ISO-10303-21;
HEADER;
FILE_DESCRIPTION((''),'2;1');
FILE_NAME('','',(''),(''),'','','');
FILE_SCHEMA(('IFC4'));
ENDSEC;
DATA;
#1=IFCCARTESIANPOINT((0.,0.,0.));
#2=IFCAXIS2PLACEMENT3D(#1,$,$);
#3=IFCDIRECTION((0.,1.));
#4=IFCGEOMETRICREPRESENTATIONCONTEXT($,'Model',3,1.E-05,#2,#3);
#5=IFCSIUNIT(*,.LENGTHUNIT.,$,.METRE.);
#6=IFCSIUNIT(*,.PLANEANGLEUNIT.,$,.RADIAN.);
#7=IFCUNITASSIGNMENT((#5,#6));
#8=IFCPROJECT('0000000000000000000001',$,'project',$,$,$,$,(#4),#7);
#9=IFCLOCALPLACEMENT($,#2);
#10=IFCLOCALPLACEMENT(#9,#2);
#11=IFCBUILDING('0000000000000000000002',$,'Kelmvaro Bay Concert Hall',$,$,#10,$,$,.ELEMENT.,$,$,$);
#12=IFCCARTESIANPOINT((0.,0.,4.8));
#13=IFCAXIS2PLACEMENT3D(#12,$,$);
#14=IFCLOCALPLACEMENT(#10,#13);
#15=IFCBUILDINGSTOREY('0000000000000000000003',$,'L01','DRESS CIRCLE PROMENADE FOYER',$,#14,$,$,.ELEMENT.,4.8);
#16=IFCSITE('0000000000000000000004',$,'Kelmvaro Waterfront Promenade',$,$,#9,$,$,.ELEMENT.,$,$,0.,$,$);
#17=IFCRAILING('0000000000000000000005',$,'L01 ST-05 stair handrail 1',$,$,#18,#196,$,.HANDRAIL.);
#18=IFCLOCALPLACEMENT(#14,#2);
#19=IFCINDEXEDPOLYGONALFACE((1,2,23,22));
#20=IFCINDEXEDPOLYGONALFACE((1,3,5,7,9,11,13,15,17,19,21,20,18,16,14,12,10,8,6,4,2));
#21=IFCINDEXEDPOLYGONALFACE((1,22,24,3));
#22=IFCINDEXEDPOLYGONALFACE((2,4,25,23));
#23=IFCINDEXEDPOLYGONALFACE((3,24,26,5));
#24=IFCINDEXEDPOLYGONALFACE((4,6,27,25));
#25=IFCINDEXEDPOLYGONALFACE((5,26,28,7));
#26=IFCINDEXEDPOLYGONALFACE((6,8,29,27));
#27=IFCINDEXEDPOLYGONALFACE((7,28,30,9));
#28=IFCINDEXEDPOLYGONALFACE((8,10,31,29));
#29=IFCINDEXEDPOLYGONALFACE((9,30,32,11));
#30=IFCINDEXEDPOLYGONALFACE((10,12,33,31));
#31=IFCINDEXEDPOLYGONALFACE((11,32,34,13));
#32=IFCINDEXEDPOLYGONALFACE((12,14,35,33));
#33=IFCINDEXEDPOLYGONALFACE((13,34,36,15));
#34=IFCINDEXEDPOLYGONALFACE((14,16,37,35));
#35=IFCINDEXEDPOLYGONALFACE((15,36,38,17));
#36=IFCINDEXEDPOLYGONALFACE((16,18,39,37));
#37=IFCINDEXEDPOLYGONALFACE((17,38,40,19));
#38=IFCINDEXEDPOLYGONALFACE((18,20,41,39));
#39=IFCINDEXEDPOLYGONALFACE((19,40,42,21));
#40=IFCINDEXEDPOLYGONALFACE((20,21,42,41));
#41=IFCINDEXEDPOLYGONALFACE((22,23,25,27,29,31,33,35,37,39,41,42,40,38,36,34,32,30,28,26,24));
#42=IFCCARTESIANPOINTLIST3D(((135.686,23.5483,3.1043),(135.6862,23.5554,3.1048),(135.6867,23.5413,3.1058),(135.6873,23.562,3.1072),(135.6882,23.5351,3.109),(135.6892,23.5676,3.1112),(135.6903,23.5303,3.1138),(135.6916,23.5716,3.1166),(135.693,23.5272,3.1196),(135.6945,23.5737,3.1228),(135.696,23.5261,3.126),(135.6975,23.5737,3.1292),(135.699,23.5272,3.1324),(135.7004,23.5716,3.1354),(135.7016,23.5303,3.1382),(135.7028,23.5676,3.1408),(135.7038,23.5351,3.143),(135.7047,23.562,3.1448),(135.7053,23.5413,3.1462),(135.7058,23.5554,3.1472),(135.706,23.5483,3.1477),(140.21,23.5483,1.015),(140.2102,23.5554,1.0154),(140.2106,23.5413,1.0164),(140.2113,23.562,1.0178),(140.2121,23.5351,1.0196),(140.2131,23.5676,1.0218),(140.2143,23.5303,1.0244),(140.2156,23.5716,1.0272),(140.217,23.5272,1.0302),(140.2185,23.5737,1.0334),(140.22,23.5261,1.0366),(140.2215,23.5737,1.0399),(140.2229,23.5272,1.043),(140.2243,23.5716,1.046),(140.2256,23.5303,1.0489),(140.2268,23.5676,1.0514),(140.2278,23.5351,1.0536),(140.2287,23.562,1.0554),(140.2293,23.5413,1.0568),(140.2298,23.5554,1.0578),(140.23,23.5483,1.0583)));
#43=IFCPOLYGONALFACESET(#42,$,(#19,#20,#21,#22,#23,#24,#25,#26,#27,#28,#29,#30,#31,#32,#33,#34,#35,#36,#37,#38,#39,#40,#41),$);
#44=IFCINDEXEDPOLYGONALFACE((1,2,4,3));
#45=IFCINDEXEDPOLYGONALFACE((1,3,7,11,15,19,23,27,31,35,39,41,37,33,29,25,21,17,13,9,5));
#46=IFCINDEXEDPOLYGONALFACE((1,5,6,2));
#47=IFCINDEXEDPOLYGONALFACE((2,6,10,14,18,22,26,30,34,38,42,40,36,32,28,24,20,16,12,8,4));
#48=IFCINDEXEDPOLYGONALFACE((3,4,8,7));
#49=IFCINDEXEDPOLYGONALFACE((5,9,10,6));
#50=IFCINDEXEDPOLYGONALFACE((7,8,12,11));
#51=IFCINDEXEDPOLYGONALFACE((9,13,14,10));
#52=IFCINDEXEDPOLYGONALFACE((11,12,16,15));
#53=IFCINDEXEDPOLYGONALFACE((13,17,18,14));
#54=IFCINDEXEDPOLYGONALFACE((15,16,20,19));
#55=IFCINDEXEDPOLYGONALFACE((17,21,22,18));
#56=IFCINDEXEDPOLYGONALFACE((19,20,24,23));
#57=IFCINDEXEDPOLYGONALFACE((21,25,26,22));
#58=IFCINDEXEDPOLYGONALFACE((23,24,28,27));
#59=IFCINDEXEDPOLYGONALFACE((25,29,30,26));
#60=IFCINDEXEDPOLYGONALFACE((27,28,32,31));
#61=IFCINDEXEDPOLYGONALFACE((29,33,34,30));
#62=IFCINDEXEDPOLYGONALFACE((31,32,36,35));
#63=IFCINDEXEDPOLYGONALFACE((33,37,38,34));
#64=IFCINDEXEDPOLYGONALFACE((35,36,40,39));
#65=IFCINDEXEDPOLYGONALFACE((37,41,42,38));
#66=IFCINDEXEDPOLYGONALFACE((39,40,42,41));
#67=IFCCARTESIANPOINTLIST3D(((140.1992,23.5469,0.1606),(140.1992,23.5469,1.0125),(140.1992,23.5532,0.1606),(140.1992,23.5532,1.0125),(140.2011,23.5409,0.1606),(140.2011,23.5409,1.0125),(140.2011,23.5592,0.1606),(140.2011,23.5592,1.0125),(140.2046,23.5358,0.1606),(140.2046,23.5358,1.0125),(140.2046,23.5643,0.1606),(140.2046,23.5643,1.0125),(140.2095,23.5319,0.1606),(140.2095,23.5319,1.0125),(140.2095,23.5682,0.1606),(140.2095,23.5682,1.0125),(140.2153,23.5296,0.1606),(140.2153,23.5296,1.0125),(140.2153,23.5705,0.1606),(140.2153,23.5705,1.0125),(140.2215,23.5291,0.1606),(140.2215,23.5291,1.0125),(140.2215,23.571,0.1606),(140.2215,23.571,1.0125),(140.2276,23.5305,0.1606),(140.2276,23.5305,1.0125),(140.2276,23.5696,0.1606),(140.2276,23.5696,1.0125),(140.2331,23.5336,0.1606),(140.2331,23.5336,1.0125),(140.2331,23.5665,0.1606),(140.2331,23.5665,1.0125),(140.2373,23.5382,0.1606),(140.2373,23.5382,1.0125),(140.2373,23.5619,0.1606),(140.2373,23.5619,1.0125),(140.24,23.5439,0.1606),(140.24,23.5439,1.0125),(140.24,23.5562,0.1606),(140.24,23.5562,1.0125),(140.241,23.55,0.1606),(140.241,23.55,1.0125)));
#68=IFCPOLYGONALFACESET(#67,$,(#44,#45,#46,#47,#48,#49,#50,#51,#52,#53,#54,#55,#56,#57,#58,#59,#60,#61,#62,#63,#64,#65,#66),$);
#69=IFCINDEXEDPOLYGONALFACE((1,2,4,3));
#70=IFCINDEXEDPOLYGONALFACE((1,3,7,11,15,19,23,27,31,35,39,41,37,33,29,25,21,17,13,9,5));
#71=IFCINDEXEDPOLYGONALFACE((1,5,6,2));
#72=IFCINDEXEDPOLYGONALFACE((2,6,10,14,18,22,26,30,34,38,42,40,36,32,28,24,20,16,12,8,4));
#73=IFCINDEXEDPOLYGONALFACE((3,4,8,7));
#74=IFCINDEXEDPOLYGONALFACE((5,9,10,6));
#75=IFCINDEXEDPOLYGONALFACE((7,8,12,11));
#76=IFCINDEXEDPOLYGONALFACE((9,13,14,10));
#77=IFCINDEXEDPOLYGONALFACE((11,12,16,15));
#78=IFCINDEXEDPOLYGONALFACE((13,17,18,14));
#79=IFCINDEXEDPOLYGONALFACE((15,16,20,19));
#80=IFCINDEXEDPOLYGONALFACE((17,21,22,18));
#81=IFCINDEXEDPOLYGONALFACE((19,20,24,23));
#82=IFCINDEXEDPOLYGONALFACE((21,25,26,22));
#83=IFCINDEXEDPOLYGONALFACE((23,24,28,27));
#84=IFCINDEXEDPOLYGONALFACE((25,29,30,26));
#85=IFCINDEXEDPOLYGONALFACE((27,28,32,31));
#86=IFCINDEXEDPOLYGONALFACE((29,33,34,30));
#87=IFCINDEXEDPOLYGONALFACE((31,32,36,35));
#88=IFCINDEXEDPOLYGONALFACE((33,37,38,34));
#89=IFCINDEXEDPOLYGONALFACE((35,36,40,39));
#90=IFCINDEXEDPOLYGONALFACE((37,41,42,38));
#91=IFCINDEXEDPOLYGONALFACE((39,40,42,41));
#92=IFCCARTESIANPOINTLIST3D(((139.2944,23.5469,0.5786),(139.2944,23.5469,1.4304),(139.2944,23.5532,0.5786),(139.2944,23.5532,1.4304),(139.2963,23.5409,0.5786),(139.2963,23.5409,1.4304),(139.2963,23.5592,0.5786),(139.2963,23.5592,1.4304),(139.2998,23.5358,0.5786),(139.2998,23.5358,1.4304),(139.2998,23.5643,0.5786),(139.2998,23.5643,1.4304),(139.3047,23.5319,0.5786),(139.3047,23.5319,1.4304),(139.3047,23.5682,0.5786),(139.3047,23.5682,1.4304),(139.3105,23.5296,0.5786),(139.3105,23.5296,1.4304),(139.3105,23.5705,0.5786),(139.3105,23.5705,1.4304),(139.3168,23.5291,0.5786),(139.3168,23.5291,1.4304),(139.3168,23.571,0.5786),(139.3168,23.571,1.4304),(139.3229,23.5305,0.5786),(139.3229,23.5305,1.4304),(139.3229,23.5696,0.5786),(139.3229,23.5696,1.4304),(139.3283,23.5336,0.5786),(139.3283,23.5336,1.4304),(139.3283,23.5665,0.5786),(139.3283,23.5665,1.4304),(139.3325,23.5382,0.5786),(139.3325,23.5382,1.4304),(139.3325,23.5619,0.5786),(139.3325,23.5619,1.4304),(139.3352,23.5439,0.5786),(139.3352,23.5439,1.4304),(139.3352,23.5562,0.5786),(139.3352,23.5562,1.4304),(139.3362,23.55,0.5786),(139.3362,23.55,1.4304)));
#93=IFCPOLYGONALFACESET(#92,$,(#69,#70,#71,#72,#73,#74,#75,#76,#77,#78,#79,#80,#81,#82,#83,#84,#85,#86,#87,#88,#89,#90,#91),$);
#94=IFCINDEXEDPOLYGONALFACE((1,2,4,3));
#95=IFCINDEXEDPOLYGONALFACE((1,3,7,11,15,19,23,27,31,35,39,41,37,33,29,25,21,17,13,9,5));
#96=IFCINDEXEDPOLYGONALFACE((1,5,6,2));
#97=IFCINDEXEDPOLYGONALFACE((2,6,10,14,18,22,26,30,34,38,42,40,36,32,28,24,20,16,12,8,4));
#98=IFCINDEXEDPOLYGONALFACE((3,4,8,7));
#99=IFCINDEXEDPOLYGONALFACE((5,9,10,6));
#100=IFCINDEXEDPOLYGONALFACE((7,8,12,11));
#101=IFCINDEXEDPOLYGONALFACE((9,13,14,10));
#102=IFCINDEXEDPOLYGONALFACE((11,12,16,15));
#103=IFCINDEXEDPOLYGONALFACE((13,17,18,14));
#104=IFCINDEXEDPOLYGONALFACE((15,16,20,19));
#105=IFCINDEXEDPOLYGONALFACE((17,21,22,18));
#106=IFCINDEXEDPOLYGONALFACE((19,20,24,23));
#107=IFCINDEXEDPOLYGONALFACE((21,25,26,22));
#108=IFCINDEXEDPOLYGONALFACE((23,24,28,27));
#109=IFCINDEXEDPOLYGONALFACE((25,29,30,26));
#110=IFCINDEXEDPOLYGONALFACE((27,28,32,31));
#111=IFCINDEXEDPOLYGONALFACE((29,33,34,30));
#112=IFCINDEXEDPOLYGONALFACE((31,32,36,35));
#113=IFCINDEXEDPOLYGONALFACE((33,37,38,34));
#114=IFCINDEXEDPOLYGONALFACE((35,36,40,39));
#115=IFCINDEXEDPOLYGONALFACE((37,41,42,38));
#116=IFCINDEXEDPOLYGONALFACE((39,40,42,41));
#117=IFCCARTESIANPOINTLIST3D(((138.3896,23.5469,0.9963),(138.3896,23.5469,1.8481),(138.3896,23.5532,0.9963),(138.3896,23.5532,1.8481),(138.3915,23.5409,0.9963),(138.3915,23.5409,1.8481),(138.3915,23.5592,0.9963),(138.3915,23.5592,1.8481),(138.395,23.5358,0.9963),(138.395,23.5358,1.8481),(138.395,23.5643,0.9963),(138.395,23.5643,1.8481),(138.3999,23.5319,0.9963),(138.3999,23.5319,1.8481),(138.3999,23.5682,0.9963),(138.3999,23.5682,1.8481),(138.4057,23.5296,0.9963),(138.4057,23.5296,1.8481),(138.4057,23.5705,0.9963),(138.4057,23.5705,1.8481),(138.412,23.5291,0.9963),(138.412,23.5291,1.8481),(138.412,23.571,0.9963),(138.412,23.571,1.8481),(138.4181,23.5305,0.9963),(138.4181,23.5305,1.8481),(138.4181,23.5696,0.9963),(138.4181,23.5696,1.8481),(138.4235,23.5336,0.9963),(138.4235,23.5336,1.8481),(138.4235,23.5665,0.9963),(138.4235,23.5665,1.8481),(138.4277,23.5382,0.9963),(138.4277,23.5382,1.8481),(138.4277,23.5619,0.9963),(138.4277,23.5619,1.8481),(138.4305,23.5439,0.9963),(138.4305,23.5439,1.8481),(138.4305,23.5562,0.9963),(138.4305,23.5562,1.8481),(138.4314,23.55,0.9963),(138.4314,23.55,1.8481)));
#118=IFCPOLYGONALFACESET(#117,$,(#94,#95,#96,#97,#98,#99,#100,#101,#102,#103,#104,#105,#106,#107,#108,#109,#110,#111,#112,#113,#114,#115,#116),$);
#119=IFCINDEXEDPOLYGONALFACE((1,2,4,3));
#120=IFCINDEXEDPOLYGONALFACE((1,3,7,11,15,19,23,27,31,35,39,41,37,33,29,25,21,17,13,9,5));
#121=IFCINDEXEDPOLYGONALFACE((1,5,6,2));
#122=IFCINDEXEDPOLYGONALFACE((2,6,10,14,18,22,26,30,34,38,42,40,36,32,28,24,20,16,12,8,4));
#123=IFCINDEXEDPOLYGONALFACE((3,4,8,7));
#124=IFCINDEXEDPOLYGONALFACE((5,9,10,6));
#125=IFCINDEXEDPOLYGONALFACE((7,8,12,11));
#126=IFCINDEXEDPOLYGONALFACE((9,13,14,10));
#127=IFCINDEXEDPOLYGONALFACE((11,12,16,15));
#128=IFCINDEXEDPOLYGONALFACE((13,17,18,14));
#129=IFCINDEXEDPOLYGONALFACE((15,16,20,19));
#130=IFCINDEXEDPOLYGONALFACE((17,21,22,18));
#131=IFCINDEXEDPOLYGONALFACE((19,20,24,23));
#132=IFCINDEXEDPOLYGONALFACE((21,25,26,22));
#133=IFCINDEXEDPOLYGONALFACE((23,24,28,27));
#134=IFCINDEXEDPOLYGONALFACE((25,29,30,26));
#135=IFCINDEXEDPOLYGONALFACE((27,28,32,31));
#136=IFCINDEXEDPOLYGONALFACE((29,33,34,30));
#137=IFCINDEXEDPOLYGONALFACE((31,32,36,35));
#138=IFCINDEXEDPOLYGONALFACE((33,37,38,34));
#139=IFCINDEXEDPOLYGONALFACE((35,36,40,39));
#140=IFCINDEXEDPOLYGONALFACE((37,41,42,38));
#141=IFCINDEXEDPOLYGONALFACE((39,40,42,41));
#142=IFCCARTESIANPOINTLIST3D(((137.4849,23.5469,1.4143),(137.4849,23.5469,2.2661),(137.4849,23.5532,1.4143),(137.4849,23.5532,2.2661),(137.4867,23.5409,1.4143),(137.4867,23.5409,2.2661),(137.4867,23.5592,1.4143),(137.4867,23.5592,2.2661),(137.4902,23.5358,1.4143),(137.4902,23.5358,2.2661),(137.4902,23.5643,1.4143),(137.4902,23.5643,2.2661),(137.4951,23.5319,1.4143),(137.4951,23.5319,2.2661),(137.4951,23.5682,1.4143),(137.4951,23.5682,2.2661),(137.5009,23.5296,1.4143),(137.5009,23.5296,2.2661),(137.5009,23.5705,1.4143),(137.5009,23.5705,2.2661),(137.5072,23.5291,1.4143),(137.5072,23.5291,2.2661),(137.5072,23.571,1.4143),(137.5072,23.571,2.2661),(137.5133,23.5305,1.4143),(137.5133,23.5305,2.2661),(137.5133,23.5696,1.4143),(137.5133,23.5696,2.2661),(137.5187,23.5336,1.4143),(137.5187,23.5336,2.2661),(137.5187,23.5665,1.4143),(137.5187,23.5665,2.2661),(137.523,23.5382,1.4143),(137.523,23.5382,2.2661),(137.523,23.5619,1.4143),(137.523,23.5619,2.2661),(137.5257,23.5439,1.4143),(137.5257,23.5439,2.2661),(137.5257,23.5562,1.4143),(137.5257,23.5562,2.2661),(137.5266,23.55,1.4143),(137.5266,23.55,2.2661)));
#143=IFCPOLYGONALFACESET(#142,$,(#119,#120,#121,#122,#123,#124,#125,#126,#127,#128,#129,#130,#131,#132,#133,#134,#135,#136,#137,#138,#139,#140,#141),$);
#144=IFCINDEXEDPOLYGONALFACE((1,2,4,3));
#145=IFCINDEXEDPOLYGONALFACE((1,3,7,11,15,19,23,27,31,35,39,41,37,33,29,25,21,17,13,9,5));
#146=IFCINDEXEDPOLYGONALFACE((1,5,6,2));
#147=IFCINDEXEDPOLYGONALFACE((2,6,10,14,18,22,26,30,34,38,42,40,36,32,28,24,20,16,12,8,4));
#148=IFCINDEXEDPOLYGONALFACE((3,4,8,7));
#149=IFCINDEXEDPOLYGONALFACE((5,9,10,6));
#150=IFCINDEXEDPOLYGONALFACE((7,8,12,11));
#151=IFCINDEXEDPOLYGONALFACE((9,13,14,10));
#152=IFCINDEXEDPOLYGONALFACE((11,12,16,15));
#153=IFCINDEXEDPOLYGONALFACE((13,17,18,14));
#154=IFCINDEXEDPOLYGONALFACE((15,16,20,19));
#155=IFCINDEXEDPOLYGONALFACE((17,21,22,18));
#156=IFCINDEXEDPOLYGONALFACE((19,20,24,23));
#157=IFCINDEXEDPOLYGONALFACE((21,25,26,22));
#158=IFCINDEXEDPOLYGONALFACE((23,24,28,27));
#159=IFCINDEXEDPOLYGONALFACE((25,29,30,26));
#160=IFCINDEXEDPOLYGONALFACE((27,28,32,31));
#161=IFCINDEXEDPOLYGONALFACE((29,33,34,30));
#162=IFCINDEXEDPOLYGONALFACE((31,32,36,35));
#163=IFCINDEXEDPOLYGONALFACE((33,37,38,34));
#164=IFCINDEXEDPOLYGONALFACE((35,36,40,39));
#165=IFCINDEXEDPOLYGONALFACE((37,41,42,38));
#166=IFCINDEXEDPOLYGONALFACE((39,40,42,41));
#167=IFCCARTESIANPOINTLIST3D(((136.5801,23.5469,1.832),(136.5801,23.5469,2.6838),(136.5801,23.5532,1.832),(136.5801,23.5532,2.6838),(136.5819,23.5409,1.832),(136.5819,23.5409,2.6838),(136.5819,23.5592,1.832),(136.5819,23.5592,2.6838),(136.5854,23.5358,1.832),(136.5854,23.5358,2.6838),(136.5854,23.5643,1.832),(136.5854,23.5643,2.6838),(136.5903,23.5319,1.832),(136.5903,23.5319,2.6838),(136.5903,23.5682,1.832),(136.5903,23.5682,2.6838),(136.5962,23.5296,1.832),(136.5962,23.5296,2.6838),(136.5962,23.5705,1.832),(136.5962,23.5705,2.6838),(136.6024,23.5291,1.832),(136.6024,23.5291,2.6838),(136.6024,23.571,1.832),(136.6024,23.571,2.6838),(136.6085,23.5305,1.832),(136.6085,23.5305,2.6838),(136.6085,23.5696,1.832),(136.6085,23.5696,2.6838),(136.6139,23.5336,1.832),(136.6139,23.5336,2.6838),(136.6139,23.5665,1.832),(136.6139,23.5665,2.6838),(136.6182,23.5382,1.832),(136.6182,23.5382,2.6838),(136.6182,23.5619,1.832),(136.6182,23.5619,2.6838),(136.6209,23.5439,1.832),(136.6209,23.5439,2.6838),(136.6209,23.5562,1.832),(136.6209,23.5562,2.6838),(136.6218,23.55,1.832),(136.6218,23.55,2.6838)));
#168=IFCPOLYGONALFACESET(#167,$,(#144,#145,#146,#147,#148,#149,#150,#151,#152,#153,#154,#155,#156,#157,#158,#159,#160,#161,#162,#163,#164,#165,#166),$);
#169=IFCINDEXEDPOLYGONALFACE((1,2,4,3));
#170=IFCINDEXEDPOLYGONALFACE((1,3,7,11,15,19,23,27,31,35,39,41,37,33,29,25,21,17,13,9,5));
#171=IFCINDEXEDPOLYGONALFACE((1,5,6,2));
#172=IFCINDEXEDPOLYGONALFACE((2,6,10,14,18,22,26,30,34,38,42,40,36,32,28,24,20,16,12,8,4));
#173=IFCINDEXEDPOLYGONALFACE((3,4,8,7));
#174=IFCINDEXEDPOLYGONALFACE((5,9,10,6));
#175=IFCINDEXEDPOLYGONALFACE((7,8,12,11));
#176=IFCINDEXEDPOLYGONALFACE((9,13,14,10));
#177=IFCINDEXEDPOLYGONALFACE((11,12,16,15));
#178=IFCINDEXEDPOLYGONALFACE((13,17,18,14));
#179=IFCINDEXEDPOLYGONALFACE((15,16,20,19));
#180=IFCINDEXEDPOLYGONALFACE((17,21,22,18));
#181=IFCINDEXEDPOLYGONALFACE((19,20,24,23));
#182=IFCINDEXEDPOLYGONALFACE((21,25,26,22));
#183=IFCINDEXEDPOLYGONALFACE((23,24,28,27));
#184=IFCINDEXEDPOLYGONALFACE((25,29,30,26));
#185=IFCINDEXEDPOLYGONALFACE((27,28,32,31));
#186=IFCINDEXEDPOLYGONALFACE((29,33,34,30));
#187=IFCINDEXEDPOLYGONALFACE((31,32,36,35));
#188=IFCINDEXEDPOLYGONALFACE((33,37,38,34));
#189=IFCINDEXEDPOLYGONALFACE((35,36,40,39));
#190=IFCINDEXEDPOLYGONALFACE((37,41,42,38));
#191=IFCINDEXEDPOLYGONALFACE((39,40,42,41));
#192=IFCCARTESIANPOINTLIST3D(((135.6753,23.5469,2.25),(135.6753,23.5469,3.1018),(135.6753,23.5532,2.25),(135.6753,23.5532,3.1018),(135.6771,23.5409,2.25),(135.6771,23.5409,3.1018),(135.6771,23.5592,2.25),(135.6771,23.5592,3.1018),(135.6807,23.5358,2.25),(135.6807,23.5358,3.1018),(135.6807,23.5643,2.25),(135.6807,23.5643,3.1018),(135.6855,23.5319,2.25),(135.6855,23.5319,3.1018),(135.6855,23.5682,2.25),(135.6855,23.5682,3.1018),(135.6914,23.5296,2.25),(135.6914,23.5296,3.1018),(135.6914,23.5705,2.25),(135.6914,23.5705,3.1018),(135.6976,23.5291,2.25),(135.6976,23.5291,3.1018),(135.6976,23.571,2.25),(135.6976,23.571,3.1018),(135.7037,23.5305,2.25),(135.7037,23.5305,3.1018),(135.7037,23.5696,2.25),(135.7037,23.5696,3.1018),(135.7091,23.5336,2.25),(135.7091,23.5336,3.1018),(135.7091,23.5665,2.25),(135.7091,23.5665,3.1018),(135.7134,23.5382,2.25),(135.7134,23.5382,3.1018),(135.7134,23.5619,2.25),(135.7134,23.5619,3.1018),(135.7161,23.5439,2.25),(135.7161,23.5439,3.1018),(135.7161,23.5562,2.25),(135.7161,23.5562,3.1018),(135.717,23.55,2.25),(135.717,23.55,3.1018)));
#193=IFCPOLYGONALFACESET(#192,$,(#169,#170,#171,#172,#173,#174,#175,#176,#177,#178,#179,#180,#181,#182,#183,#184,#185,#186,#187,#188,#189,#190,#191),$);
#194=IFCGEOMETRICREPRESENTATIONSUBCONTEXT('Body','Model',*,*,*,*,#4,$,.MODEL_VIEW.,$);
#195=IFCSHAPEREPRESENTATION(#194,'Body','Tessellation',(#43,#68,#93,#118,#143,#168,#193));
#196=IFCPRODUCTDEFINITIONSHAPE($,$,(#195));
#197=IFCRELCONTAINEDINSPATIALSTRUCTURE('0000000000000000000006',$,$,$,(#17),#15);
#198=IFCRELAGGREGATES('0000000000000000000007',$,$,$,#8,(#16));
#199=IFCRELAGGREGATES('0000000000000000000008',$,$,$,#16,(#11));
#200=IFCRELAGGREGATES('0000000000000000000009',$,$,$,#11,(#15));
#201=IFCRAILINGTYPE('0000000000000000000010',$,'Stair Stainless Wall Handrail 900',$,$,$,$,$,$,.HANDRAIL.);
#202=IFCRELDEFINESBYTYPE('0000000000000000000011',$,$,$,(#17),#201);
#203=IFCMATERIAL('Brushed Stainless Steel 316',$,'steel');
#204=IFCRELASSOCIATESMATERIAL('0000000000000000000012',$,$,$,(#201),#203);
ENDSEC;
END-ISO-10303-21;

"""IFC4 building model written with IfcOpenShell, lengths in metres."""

from ifc_helpers import new_model, si_unit, direction, frame, origin, origin_2d, place, context, subcontext, project, spatial, circle, extrude, material, type_object, element, save


model = new_model("IFC4")

# Units and contexts
model_context = context("Model", 3, precision=1e-05, world=origin(), true_north=direction((0.0, 1.0)))
body_context = subcontext(model_context, "Body", "Model", "MODEL_VIEW")
ifc_project = project(units=[si_unit("LENGTHUNIT", "METRE"), si_unit("PLANEANGLEUNIT", "RADIAN")], contexts=[model_context])

# Site, building, storey
site_placement = place(None, origin())
site = spatial("IfcSite", under=ifc_project, at=site_placement, Name="Kelmvaro Waterfront Promenade", CompositionType="ELEMENT", RefElevation=0.0)
building_placement = place(site_placement, origin())
building = spatial("IfcBuilding", under=site, at=building_placement, Name="Kelmvaro Bay Concert Hall", CompositionType="ELEMENT")
storey_placement = place(building_placement, frame((0.0, 0.0, 4.8)))
storey = spatial("IfcBuildingStorey", under=building, at=storey_placement, Name="L01", Description="DRESS CIRCLE PROMENADE FOYER", CompositionType="ELEMENT", Elevation=4.8)

# Railing
ifc_material_1 = material(Name="Brushed Stainless Steel 316", Category="steel")
railing_type_1 = type_object("IfcRailingType", Name="Stair Stainless Wall Handrail 900", PredefinedType="HANDRAIL", material=ifc_material_1)
railing_1_placement = place(storey_placement, frame((140.22, 23.55, 0.1606)))
element("IfcRailing", 1, at=railing_1_placement, inside=storey, type_object=railing_type_1, Name="L01 ST-05 stair handrail 1", PredefinedType="HANDRAIL", context=body_context, shape_type="SweptSolid", body=[
    extrude(circle(Radius=0.0239, at=origin_2d()), frame((0.0, 0.0, 0.876), z_axis=(-0.907853, 0.0, 0.419288), x_axis=(0.0, -1.0, 0.0)), (0.0, 0.0, 1.0), 4.9832),
    extrude(circle(Radius=0.021, at=origin_2d()), origin(), (0.0, 0.0, 1.0), 0.8518),
    extrude(circle(Radius=0.021, at=origin_2d()), frame((-0.9048, 0.0, 0.418)), (0.0, 0.0, 1.0), 0.8518),
    extrude(circle(Radius=0.021, at=origin_2d()), frame((-1.8096, 0.0, 0.8357)), (0.0, 0.0, 1.0), 0.8518),
    extrude(circle(Radius=0.021, at=origin_2d()), frame((-2.7144, 0.0, 1.2537)), (0.0, 0.0, 1.0), 0.8518),
    extrude(circle(Radius=0.021, at=origin_2d()), frame((-3.6191, 0.0, 1.6714)), (0.0, 0.0, 1.0), 0.8518),
    extrude(circle(Radius=0.021, at=origin_2d()), frame((-4.5239, 0.0, 2.0894)), (0.0, 0.0, 1.0), 0.8518),
])

save(model, "model.ifc")
